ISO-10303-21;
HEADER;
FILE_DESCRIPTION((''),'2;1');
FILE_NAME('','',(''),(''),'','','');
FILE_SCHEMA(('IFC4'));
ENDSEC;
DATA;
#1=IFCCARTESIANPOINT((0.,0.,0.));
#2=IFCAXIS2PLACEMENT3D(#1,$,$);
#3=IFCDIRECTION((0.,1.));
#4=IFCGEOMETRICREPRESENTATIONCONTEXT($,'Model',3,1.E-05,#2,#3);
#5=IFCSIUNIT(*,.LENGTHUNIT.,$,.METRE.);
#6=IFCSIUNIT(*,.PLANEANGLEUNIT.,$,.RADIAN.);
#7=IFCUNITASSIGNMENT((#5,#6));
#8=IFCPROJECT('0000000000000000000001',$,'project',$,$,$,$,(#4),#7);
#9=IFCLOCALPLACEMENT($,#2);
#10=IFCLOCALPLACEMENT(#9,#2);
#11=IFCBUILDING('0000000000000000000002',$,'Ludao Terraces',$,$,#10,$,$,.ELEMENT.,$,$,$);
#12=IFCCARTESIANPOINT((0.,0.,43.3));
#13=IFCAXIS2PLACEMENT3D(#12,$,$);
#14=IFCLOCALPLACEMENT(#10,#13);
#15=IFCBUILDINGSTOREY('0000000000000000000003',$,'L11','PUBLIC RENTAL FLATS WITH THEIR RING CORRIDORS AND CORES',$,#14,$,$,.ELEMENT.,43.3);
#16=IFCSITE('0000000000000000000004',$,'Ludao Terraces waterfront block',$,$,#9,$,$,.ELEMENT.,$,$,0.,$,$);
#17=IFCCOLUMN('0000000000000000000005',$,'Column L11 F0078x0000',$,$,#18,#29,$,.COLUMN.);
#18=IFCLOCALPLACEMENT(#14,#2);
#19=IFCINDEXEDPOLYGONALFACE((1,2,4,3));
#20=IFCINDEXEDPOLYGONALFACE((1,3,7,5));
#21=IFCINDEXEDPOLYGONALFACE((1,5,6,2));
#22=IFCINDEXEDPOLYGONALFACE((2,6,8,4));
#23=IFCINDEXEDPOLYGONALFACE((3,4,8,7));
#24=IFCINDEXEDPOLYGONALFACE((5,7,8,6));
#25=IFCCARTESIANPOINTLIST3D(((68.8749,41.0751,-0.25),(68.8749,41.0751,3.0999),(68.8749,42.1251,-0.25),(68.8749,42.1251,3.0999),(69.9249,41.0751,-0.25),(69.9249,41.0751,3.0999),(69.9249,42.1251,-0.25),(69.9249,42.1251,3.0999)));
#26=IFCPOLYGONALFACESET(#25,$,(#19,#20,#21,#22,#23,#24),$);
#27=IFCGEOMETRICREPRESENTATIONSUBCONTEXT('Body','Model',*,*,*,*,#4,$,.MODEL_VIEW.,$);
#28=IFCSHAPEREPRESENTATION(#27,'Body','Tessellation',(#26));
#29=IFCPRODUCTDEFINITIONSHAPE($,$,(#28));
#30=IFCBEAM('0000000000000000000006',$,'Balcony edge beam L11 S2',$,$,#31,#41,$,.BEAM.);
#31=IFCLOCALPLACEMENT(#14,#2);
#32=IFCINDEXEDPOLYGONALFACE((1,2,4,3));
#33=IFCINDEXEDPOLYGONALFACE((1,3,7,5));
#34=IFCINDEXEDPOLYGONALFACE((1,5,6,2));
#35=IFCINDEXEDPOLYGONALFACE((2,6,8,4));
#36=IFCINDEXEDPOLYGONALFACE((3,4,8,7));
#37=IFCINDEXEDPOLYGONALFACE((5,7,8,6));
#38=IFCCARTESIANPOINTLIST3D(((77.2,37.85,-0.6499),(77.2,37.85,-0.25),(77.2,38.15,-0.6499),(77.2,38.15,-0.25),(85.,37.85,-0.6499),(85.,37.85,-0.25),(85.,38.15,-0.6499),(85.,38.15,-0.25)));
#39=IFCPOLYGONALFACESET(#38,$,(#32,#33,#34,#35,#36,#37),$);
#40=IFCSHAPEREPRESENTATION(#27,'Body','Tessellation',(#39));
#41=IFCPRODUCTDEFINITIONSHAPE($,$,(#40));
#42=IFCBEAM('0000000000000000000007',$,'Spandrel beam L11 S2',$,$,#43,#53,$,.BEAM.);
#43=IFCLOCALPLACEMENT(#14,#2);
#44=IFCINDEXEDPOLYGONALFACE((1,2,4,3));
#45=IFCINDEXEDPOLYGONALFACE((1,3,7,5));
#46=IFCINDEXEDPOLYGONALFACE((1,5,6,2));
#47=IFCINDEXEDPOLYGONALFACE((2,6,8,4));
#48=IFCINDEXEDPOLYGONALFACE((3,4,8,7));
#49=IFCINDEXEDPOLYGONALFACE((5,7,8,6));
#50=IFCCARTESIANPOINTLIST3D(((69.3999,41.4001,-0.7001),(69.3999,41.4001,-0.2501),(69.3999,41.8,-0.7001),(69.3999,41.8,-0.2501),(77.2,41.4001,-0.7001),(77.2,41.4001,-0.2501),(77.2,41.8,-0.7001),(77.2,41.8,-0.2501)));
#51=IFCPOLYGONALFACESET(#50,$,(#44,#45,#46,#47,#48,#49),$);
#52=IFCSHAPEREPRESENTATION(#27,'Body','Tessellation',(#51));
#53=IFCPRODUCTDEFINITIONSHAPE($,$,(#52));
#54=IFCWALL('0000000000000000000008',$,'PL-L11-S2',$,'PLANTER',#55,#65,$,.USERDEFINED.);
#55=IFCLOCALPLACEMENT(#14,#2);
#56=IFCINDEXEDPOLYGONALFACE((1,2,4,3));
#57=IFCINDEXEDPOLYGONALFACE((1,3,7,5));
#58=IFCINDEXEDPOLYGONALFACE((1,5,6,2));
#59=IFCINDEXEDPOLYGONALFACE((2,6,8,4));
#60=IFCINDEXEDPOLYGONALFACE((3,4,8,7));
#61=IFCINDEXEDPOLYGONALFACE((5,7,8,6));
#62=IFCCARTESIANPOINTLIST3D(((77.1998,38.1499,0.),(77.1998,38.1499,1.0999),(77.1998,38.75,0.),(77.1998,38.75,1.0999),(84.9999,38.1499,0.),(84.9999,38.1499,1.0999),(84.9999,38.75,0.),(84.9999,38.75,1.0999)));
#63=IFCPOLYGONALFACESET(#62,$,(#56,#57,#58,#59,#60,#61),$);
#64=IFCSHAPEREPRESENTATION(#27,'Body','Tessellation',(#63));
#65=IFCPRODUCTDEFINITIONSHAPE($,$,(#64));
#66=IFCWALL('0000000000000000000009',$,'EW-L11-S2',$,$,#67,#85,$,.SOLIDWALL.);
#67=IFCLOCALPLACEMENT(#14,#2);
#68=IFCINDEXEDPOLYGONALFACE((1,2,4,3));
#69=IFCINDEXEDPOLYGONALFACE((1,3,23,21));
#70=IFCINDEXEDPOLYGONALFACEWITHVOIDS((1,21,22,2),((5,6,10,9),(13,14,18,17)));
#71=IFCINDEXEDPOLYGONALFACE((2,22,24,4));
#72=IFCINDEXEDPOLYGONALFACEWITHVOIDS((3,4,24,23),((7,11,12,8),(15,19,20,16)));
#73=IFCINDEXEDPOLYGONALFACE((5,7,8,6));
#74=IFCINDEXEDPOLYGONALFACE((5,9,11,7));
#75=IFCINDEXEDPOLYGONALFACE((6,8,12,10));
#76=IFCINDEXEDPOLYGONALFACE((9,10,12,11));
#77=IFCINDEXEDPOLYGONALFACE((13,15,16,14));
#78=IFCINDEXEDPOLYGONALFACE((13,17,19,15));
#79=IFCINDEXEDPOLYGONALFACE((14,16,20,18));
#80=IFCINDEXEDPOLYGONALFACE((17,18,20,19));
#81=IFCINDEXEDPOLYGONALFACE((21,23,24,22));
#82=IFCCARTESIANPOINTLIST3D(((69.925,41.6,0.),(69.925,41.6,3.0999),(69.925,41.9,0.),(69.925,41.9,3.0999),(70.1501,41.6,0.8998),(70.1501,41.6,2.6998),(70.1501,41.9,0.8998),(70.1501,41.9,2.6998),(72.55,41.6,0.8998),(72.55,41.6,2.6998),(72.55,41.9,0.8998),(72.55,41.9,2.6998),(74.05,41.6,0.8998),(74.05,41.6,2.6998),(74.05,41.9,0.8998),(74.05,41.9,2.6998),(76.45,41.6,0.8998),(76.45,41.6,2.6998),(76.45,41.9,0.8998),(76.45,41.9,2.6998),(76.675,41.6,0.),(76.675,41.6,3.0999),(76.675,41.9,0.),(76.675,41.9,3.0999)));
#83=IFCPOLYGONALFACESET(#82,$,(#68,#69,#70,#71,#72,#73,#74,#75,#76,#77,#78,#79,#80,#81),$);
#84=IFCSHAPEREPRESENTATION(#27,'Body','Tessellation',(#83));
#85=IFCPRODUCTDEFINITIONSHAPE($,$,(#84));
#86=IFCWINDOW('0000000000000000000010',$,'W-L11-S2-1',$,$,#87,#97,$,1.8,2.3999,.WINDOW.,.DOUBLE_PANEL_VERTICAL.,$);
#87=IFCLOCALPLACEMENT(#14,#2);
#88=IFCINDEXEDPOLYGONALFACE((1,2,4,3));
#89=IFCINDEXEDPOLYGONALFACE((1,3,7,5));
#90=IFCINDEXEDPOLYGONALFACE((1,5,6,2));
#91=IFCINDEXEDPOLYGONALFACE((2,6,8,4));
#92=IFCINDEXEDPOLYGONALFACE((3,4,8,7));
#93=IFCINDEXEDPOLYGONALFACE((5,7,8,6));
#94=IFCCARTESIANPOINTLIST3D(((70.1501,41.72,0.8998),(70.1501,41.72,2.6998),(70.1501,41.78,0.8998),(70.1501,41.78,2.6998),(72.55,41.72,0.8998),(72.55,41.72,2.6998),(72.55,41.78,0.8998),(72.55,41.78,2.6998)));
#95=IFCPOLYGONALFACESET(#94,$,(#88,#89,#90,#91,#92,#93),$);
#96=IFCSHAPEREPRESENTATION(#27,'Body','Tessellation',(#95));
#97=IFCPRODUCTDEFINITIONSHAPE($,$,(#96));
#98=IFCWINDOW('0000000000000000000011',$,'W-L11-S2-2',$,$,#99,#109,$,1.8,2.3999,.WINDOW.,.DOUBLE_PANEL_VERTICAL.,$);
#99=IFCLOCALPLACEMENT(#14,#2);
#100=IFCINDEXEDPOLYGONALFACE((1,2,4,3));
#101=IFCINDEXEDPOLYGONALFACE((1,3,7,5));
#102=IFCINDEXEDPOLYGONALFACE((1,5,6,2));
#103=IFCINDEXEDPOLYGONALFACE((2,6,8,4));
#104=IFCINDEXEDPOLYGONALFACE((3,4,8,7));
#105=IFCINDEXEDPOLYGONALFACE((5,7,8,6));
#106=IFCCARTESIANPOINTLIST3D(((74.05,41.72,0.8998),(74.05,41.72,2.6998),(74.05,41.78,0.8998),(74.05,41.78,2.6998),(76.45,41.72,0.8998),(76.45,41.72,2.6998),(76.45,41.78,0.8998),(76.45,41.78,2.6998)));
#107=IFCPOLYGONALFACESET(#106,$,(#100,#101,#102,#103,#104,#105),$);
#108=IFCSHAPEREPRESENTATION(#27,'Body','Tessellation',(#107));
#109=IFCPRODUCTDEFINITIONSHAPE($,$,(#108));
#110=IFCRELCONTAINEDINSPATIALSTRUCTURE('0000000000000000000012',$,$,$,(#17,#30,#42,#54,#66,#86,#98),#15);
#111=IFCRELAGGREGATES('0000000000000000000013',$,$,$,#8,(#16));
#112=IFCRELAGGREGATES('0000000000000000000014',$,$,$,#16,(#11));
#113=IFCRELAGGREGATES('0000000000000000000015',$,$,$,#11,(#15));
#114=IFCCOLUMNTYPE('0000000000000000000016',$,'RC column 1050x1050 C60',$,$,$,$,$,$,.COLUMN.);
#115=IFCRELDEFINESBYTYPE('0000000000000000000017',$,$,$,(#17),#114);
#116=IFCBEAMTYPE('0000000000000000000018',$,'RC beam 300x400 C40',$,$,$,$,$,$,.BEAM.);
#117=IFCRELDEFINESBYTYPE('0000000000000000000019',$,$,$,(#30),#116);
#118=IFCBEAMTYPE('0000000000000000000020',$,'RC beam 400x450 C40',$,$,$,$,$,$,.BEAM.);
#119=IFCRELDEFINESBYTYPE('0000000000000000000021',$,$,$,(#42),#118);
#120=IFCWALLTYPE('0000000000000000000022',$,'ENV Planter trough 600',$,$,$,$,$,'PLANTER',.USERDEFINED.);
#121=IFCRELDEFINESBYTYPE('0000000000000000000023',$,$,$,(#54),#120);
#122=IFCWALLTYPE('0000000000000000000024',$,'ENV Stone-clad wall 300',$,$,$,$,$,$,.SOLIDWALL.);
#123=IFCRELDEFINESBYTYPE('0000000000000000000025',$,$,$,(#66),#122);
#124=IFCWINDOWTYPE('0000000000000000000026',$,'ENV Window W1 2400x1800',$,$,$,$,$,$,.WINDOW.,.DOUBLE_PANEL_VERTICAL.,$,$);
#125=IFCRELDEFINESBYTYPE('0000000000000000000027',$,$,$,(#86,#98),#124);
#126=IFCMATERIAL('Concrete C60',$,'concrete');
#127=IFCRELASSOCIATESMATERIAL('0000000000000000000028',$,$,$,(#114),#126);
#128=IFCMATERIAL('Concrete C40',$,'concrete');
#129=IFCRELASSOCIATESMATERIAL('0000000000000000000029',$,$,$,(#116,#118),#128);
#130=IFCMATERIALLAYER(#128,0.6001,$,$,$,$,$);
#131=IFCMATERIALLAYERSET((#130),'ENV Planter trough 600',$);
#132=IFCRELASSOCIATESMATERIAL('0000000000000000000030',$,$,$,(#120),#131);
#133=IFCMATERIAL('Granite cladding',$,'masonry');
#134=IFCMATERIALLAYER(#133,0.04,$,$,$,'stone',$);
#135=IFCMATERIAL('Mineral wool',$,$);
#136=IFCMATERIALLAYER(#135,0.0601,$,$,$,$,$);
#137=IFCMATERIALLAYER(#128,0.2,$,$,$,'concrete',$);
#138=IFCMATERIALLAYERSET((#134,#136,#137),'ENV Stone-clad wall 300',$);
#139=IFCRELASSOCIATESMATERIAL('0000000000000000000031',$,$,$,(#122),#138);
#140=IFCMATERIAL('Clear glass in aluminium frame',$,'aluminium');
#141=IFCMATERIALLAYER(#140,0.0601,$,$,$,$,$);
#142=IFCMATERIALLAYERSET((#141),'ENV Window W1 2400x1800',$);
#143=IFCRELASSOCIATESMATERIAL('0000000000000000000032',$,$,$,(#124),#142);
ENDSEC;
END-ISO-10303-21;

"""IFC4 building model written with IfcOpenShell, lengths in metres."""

from ifc_helpers import new_model, si_unit, direction, frame, frame_2d, origin, origin_2d, place, context, subcontext, project, spatial, rectangle, extrude, material, layer, layer_set, material_profile, profile_set, type_object, element, fill, save


model = new_model("IFC4")

# Units and contexts
model_context = context("Model", 3, precision=1e-05, world=origin(), true_north=direction((0.0, 1.0)))
body_context = subcontext(model_context, "Body", "Model", "MODEL_VIEW")
ifc_project = project(units=[si_unit("LENGTHUNIT", "METRE"), si_unit("PLANEANGLEUNIT", "RADIAN")], contexts=[model_context])

# Site, building, storey
site_placement = place(None, origin())
site = spatial("IfcSite", under=ifc_project, at=site_placement, Name="Ludao Terraces waterfront block", CompositionType="ELEMENT", RefElevation=0.0)
building_placement = place(site_placement, origin())
building = spatial("IfcBuilding", under=site, at=building_placement, Name="Ludao Terraces", CompositionType="ELEMENT")
storey_placement = place(building_placement, frame((0.0, 0.0, 43.3)))
storey = spatial("IfcBuildingStorey", under=building, at=storey_placement, Name="L11", Description="PUBLIC RENTAL FLATS WITH THEIR RING CORRIDORS AND CORES", CompositionType="ELEMENT", Elevation=43.3)

# Column
ifc_material_1 = material(Name="Concrete C60", Category="concrete")
ifc_material_profile_1 = material_profile(ifc_material_1, rectangle(XDim=1.05, YDim=1.05, at=origin_2d()), Name="1050 X 1050")
ifc_profile_set_1 = profile_set([ifc_material_profile_1], Name="Concrete C60")
column_type = type_object("IfcColumnType", Name="RC column 1050x1050 C60", PredefinedType="COLUMN", material=ifc_profile_set_1)
column_placement = place(storey_placement, frame((69.3999, 41.6001, -0.25), z_axis=(0.0, 0.0, 1.0), x_axis=(1.0, 0.0, 0.0)))
element("IfcColumn", 1, at=column_placement, inside=storey, type_object=column_type, Name="Column L11 F0078x0000", PredefinedType="COLUMN", context=body_context, shape_type="SweptSolid", body=[
    extrude(rectangle(XDim=1.05, YDim=1.05, at=origin_2d()), origin(), (0.0, 0.0, 1.0), 3.3499),
])

# Beams
ifc_material_2 = material(Name="Concrete C40", Category="concrete")
ifc_material_profile_2 = material_profile(ifc_material_2, rectangle(XDim=0.3, YDim=0.3999, at=origin_2d()), Name="300 X 400")
ifc_profile_set_2 = profile_set([ifc_material_profile_2], Name="Concrete C40")
beam_type_1 = type_object("IfcBeamType", Name="RC beam 300x400 C40", PredefinedType="BEAM", material=ifc_profile_set_2)
beam_1_placement = place(storey_placement, frame((77.2, 38.0, -0.45), z_axis=(1.0, 0.0, 0.0), x_axis=(0.0, 1.0, 0.0)))
element("IfcBeam", 2, at=beam_1_placement, inside=storey, type_object=beam_type_1, Name="Balcony edge beam L11 S2", PredefinedType="BEAM", context=body_context, shape_type="SweptSolid", body=[
    extrude(rectangle(XDim=0.3, YDim=0.3999, at=origin_2d()), origin(), (0.0, 0.0, 1.0), 7.8),
])
ifc_material_profile_3 = material_profile(ifc_material_2, rectangle(XDim=0.3999, YDim=0.45, at=origin_2d()), Name="400 X 450")
ifc_profile_set_3 = profile_set([ifc_material_profile_3], Name="Concrete C40")
beam_type_2 = type_object("IfcBeamType", Name="RC beam 400x450 C40", PredefinedType="BEAM", material=ifc_profile_set_3)
beam_2_placement = place(storey_placement, frame((69.3999, 41.6001, -0.4751), z_axis=(1.0, 0.0, 0.0), x_axis=(0.0, 1.0, 0.0)))
element("IfcBeam", 3, at=beam_2_placement, inside=storey, type_object=beam_type_2, Name="Spandrel beam L11 S2", PredefinedType="BEAM", context=body_context, shape_type="SweptSolid", body=[
    extrude(rectangle(XDim=0.3999, YDim=0.45, at=origin_2d()), origin(), (0.0, 0.0, 1.0), 7.8),
])

# Wall
ifc_layer_1 = layer(ifc_material_2, 0.6001)
ifc_layer_set_1 = layer_set([ifc_layer_1], Name="ENV Planter trough 600")
wall_type_1 = type_object("IfcWallType", Name="ENV Planter trough 600", ElementType="PLANTER", PredefinedType="USERDEFINED", material=ifc_layer_set_1)
wall_1_placement = place(storey_placement, frame((77.2, 38.45, 0.0), z_axis=(0.0, 0.0, 1.0), x_axis=(1.0, 0.0, 0.0)))
element("IfcWall", 4, at=wall_1_placement, inside=storey, type_object=wall_type_1, Name="PL-L11-S2", ObjectType="PLANTER", PredefinedType="USERDEFINED", context=body_context, shape_type="SweptSolid", body=[
    extrude(rectangle(XDim=7.8, YDim=0.6001, at=frame_2d((3.8999, 0.0))), origin(), (0.0, 0.0, 1.0), 1.0999),
])

# Wall, openings, windows
ifc_material_3 = material(Name="Granite cladding", Category="masonry")
ifc_layer_2 = layer(ifc_material_3, 0.04, Category="stone")
ifc_material_4 = material(Name="Mineral wool")
ifc_layer_3 = layer(ifc_material_4, 0.0601)
ifc_layer_4 = layer(ifc_material_2, 0.2, Category="concrete")
ifc_layer_set_2 = layer_set([ifc_layer_2, ifc_layer_3, ifc_layer_4], Name="ENV Stone-clad wall 300")
wall_type_2 = type_object("IfcWallType", Name="ENV Stone-clad wall 300", PredefinedType="SOLIDWALL", material=ifc_layer_set_2)
wall_2_placement = place(storey_placement, frame((69.925, 41.75, 0.0), z_axis=(0.0, 0.0, 1.0), x_axis=(1.0, 0.0, 0.0)))
wall_2 = element("IfcWall", 5, at=wall_2_placement, inside=storey, type_object=wall_type_2, Name="EW-L11-S2", PredefinedType="SOLIDWALL", context=body_context, shape_type="SweptSolid", body=[
    extrude(rectangle(XDim=6.75, YDim=0.3, at=frame_2d((3.375, 0.0))), origin(), (0.0, 0.0, 1.0), 3.0999),
])
opening_1_placement = place(wall_2_placement, frame((0.2251, 0.0, 0.8999)))
opening_1 = element("IfcOpeningElement", 6, at=opening_1_placement, cuts=wall_2, PredefinedType="OPENING", context=body_context, shape_type="SweptSolid", body=[
    extrude(rectangle(XDim=2.3999, YDim=1.8, at=frame_2d((1.2, 0.8999))), frame((0.0, 0.1602, 0.0), z_axis=(0.0, -1.0, 0.0), x_axis=(1.0, 0.0, 0.0)), (0.0, 0.0, 1.0), 0.3201),
])
opening_2_placement = place(wall_2_placement, frame((4.125, 0.0, 0.8999)))
opening_2 = element("IfcOpeningElement", 7, at=opening_2_placement, cuts=wall_2, PredefinedType="OPENING", context=body_context, shape_type="SweptSolid", body=[
    extrude(rectangle(XDim=2.3999, YDim=1.8, at=frame_2d((1.2, 0.8999))), frame((0.0, 0.1602, 0.0), z_axis=(0.0, -1.0, 0.0), x_axis=(1.0, 0.0, 0.0)), (0.0, 0.0, 1.0), 0.3201),
])
ifc_material_5 = material(Name="Clear glass in aluminium frame", Category="aluminium")
ifc_layer_5 = layer(ifc_material_5, 0.0601)
ifc_layer_set_3 = layer_set([ifc_layer_5], Name="ENV Window W1 2400x1800")
window_type = type_object("IfcWindowType", Name="ENV Window W1 2400x1800", PartitioningType="DOUBLE_PANEL_VERTICAL", PredefinedType="WINDOW", material=ifc_layer_set_3)
window_1_placement = place(opening_1_placement, origin())
window_1 = element("IfcWindow", 8, at=window_1_placement, inside=storey, type_object=window_type, Name="W-L11-S2-1", OverallHeight=1.8, OverallWidth=2.3999, PartitioningType="DOUBLE_PANEL_VERTICAL", PredefinedType="WINDOW", context=body_context, shape_type="SweptSolid", body=[
    extrude(rectangle(XDim=2.3999, YDim=1.8, at=frame_2d((1.2, 0.8999))), frame((0.0, 0.03, 0.0), z_axis=(0.0, -1.0, 0.0), x_axis=(1.0, 0.0, 0.0)), (0.0, 0.0, 1.0), 0.0601),
])
fill(opening_1, window_1)
window_2_placement = place(opening_2_placement, origin())
window_2 = element("IfcWindow", 9, at=window_2_placement, inside=storey, type_object=window_type, Name="W-L11-S2-2", OverallHeight=1.8, OverallWidth=2.3999, PartitioningType="DOUBLE_PANEL_VERTICAL", PredefinedType="WINDOW", context=body_context, shape_type="SweptSolid", body=[
    extrude(rectangle(XDim=2.3999, YDim=1.8, at=frame_2d((1.2, 0.8999))), frame((0.0, 0.03, 0.0), z_axis=(0.0, -1.0, 0.0), x_axis=(1.0, 0.0, 0.0)), (0.0, 0.0, 1.0), 0.0601),
])
fill(opening_2, window_2)

save(model, "model.ifc")
